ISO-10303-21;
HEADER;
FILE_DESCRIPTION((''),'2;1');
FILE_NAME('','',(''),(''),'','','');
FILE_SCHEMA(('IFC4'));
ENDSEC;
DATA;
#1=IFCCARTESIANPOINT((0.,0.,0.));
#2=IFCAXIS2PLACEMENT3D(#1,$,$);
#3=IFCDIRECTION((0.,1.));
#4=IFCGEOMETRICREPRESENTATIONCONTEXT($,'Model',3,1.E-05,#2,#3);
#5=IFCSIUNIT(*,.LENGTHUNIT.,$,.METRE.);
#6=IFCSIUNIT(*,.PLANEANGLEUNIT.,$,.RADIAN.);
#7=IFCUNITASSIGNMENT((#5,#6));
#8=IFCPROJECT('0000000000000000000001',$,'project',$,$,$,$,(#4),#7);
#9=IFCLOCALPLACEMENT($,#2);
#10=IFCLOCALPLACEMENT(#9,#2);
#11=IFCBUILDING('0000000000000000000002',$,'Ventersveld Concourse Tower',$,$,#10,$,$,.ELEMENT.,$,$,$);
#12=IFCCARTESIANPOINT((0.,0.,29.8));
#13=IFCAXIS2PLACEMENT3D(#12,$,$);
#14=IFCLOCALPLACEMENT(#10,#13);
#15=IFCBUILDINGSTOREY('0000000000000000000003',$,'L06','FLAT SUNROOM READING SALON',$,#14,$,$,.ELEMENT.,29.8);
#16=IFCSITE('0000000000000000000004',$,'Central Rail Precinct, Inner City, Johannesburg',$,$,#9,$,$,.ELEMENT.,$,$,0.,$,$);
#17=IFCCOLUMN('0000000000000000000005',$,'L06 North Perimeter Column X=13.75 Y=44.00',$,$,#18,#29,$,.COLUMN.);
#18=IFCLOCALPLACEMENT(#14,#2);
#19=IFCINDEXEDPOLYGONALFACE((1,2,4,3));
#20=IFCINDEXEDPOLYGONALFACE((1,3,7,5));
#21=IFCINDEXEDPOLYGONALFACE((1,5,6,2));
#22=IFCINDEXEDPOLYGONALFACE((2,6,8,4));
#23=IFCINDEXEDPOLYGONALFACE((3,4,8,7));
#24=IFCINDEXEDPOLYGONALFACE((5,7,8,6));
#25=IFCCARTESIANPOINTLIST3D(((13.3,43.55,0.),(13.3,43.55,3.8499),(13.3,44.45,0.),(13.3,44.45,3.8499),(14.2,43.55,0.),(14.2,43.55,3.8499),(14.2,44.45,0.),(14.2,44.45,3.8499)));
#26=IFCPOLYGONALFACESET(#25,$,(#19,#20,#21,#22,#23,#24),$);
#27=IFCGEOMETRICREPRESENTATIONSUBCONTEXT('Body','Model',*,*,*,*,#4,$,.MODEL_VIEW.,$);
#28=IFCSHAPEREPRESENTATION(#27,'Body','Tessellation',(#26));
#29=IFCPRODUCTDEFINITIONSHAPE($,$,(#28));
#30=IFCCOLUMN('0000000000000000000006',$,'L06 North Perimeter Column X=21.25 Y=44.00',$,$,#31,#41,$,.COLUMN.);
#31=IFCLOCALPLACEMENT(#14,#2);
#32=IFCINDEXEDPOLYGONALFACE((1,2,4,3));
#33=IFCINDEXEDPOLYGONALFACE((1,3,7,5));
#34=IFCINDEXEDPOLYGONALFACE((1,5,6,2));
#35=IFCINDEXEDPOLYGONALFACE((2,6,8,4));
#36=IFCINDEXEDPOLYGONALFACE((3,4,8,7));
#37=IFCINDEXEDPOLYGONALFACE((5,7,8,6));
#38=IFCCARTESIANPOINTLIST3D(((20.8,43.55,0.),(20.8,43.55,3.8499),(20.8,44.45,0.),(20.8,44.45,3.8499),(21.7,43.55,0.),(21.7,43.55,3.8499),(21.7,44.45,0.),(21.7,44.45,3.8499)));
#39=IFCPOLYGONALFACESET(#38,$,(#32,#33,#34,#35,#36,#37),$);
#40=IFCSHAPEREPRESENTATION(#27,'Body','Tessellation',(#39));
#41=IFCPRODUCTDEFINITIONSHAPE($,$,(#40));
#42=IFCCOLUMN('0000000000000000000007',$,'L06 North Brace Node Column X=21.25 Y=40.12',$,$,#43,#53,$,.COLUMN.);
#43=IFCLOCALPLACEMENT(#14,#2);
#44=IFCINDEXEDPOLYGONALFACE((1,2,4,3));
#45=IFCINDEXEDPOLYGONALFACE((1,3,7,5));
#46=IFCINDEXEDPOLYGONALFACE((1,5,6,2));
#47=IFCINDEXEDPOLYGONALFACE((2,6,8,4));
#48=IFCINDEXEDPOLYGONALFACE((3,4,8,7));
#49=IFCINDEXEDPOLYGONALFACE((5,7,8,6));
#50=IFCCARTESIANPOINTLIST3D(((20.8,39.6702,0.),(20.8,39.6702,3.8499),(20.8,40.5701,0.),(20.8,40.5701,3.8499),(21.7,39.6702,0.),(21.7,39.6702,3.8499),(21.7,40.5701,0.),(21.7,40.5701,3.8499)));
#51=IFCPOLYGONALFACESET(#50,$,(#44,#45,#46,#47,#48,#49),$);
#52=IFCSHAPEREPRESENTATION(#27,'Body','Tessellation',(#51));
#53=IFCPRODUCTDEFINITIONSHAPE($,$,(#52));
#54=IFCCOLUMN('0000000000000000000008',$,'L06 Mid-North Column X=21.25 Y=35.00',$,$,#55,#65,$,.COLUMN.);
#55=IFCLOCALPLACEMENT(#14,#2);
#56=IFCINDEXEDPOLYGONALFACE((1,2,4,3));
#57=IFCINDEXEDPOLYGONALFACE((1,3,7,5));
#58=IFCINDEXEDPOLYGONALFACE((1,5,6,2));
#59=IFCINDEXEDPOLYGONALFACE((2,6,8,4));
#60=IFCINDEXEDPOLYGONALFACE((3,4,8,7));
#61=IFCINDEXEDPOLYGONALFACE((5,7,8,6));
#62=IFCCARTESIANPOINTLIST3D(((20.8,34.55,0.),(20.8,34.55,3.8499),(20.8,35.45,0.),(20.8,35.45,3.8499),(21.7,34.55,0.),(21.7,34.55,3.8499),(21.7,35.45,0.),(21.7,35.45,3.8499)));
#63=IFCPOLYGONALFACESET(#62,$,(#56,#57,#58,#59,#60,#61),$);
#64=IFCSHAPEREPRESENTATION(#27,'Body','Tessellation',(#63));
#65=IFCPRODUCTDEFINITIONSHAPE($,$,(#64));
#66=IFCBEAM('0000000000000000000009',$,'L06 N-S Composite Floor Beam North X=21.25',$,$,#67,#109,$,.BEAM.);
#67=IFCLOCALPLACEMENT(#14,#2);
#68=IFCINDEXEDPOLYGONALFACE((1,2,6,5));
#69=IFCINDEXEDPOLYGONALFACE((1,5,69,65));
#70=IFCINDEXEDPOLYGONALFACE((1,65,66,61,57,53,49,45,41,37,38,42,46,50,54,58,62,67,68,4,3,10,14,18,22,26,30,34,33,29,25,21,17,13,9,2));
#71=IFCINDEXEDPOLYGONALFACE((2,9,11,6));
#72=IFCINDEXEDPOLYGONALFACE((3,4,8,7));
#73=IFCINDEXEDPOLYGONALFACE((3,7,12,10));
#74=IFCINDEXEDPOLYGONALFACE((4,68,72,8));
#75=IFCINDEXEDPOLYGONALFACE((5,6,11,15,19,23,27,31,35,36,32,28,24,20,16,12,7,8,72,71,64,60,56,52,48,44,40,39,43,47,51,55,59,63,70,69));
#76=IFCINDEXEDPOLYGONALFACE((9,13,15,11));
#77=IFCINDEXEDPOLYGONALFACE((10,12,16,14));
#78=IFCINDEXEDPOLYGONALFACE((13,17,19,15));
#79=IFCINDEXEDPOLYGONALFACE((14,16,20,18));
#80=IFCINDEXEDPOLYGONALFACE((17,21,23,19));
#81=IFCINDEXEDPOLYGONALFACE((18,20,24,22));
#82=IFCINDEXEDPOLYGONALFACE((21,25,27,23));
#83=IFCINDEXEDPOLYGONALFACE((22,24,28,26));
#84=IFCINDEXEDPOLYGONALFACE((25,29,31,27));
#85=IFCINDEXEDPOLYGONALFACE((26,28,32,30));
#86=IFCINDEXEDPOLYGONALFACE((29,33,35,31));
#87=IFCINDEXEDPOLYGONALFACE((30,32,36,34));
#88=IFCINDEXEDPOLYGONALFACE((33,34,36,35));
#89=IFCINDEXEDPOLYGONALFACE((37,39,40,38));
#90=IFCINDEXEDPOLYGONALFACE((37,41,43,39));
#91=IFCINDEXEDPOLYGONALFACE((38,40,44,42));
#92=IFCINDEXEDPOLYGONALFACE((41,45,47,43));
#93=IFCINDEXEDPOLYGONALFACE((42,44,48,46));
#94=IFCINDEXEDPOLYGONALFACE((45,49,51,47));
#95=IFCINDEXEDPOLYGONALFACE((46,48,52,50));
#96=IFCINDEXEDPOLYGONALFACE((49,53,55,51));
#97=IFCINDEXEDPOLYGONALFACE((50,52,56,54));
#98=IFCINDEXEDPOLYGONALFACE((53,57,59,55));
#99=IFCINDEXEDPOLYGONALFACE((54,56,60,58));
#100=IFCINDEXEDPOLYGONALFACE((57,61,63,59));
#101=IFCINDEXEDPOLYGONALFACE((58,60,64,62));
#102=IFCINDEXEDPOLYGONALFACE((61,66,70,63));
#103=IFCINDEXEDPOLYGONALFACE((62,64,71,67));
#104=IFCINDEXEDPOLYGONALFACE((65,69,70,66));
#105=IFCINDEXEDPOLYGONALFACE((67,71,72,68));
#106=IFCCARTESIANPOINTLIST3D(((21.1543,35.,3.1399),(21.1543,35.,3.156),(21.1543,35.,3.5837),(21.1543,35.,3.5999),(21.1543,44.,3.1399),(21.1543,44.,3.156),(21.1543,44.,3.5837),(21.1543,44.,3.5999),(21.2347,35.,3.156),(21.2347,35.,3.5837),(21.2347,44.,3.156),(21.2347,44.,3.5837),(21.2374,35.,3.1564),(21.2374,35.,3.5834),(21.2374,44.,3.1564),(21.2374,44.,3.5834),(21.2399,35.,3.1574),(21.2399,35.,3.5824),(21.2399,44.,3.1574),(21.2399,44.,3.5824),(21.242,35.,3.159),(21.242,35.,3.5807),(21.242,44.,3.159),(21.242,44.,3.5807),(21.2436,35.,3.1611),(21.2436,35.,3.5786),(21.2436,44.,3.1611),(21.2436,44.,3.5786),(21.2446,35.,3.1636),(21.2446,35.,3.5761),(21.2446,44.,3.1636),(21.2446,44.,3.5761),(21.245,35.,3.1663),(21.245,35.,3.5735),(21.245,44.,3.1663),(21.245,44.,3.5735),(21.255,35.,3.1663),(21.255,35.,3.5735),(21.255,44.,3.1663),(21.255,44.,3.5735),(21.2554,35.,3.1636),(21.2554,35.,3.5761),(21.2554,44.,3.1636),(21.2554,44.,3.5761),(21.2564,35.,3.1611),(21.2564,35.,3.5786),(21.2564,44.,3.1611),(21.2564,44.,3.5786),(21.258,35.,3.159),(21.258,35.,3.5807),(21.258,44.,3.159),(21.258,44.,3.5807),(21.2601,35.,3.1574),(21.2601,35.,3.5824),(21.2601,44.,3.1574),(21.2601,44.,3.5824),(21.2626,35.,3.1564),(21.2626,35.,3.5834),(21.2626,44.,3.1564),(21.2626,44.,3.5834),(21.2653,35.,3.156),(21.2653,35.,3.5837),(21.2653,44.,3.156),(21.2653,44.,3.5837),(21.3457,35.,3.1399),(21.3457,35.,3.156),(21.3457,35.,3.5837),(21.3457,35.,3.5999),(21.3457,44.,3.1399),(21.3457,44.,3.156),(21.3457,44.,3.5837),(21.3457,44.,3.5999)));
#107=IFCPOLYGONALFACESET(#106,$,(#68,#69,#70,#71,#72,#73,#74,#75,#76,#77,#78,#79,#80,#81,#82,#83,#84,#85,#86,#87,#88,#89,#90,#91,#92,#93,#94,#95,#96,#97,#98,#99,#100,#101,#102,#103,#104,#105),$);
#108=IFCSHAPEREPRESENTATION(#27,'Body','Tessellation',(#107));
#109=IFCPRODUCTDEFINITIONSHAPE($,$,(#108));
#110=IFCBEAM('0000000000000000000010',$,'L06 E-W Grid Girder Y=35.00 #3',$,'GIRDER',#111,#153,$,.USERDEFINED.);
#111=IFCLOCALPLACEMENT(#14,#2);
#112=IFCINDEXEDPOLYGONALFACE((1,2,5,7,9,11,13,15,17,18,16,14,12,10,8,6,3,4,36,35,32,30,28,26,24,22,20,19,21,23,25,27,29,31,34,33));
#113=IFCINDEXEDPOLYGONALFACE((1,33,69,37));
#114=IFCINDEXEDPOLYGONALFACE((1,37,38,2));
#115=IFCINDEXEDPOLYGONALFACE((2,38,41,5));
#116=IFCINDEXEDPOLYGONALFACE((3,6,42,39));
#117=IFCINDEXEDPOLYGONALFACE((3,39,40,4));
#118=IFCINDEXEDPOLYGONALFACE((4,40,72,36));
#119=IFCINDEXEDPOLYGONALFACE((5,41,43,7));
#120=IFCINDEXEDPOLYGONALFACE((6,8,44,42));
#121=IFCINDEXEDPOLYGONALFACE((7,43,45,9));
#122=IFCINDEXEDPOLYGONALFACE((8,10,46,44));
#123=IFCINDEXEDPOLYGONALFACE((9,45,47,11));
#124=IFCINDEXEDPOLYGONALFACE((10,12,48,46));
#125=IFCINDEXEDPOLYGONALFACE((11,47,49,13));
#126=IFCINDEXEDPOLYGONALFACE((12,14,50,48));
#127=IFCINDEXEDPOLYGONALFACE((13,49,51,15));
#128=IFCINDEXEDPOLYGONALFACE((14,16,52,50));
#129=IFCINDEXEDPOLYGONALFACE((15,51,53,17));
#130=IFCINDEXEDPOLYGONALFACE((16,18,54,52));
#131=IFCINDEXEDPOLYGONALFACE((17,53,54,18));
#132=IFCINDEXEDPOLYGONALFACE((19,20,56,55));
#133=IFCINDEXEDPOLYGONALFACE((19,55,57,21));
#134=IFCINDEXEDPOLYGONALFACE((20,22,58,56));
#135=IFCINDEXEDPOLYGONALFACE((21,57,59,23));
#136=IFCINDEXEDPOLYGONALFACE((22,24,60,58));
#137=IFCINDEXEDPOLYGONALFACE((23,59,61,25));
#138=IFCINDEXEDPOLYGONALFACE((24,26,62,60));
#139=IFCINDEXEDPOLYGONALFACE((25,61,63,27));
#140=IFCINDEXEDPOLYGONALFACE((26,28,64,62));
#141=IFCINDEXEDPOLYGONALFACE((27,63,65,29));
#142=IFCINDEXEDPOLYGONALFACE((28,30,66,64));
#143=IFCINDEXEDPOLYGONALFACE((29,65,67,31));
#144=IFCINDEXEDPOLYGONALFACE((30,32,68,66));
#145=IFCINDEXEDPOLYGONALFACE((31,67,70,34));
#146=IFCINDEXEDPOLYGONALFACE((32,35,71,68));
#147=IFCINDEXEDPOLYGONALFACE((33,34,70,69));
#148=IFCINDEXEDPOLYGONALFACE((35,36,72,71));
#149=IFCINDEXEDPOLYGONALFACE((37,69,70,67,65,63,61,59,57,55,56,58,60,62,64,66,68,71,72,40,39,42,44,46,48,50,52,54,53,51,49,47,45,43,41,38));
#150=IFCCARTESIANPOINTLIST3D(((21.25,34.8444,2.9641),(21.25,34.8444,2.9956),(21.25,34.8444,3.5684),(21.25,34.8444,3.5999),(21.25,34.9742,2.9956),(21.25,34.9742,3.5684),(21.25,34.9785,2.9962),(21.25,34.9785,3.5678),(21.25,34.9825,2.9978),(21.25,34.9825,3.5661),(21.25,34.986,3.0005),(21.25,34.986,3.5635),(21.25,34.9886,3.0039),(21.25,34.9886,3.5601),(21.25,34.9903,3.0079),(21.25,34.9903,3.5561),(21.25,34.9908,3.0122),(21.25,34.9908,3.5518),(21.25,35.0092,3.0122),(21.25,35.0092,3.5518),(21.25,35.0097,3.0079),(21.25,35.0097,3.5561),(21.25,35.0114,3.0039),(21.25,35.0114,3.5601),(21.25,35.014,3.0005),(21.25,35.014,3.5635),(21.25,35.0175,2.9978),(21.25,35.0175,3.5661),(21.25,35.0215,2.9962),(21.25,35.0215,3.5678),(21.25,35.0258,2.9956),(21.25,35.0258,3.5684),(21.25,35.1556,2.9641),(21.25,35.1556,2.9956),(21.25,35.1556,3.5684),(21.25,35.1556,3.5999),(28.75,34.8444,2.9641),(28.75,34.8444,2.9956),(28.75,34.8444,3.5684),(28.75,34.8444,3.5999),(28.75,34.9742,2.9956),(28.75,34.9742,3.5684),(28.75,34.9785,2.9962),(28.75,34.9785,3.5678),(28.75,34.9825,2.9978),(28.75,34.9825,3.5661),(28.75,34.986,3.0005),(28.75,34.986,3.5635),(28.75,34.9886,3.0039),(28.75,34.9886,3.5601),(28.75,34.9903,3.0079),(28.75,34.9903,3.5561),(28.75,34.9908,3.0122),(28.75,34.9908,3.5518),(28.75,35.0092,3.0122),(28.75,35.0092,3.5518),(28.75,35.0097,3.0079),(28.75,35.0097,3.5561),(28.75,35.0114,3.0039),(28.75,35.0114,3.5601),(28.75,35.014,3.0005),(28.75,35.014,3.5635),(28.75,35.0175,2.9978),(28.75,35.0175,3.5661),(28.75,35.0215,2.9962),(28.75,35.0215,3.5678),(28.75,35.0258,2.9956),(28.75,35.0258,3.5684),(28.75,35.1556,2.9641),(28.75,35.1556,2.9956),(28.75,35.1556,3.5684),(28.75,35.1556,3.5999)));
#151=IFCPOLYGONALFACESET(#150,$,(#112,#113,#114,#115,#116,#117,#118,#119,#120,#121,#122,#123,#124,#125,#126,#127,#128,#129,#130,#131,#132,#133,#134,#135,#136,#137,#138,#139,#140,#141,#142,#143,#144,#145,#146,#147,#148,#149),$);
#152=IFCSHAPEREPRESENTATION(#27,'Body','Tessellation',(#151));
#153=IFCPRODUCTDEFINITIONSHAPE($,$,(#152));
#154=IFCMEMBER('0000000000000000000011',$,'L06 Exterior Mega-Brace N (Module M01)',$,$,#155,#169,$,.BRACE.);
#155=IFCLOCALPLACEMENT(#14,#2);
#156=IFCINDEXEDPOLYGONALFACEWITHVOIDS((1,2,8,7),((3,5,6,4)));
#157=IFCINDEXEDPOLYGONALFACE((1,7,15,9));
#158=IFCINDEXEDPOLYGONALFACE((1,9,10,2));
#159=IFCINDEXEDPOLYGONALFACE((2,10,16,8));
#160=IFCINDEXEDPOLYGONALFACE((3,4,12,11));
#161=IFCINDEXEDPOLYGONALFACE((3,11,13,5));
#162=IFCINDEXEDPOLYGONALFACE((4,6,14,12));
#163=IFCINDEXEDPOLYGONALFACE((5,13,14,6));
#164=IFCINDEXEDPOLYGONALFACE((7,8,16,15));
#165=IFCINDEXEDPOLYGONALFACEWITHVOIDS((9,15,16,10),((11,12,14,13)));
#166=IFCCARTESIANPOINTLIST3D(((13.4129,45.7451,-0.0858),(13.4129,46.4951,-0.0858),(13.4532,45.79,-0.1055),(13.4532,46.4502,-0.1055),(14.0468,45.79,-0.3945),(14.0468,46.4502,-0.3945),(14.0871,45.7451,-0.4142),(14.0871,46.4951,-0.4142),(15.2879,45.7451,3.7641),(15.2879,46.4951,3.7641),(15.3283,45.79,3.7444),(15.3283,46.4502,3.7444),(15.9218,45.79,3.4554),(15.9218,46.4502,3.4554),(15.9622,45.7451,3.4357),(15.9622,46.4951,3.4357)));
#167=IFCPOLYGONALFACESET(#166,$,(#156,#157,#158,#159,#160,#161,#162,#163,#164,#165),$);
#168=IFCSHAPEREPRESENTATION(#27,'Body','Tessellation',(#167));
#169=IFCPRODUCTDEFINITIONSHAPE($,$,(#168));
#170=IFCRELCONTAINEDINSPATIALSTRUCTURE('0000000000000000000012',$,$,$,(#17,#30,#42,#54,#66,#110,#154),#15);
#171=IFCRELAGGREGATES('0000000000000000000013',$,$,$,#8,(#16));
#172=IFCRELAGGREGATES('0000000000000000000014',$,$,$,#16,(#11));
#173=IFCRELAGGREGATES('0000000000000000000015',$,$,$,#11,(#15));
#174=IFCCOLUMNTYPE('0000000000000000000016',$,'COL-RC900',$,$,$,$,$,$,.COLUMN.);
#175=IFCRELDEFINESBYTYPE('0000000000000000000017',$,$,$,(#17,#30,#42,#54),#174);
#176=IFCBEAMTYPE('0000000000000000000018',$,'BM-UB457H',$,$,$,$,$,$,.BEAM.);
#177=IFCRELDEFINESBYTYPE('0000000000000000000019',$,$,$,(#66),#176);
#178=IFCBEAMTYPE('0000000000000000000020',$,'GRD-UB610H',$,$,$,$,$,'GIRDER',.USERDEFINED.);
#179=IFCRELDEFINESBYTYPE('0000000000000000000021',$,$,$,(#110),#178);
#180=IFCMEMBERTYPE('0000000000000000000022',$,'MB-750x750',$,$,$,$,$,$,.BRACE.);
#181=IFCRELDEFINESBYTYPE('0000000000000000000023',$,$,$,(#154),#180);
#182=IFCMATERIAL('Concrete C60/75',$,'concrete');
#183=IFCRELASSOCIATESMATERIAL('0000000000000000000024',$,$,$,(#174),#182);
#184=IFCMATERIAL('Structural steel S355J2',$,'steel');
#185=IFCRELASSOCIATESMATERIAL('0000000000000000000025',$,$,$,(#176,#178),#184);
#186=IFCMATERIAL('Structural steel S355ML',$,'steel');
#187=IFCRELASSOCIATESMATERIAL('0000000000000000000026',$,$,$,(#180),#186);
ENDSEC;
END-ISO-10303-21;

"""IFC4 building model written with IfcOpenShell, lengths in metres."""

from ifc_helpers import new_model, si_unit, direction, frame, origin, origin_2d, place, context, subcontext, project, spatial, rectangle, hollow_rectangle, i_section, extrude, material, material_profile, profile_set, type_object, element, save


model = new_model("IFC4")

# Units and contexts
model_context = context("Model", 3, precision=1e-05, world=origin(), true_north=direction((0.0, 1.0)))
body_context = subcontext(model_context, "Body", "Model", "MODEL_VIEW")
ifc_project = project(units=[si_unit("LENGTHUNIT", "METRE"), si_unit("PLANEANGLEUNIT", "RADIAN")], contexts=[model_context])

# Site, building, storey
site_placement = place(None, origin())
site = spatial("IfcSite", under=ifc_project, at=site_placement, Name="Central Rail Precinct, Inner City, Johannesburg", CompositionType="ELEMENT", RefElevation=0.0)
building_placement = place(site_placement, origin())
building = spatial("IfcBuilding", under=site, at=building_placement, Name="Ventersveld Concourse Tower", CompositionType="ELEMENT")
storey_placement = place(building_placement, frame((0.0, 0.0, 29.8)))
storey = spatial("IfcBuildingStorey", under=building, at=storey_placement, Name="L06", Description="FLAT SUNROOM READING SALON", CompositionType="ELEMENT", Elevation=29.8)

# Columns
ifc_material_1 = material(Name="Concrete C60/75", Category="concrete")
ifc_material_profile_1 = material_profile(ifc_material_1, rectangle(XDim=0.8999, YDim=0.8999, at=origin_2d()), Name="RC 900x900")
ifc_profile_set_1 = profile_set([ifc_material_profile_1], Name="Concrete C60/75")
column_type = type_object("IfcColumnType", Name="COL-RC900", PredefinedType="COLUMN", material=ifc_profile_set_1)
for number, where, z_axis, x_axis, name in (
    (1, (13.75, 44.0, 0.0), (0.0, 0.0, 1.0), (1.0, 0.0, 0.0), "L06 North Perimeter Column X=13.75 Y=44.00"),
    (2, (21.25, 44.0, 0.0), (0.0, 0.0, 1.0), (1.0, 0.0, 0.0), "L06 North Perimeter Column X=21.25 Y=44.00"),
    (3, (21.25, 40.1201, 0.0), (0.0, 0.0, 1.0), (1.0, 0.0, 0.0), "L06 North Brace Node Column X=21.25 Y=40.12"),
    (4, (21.25, 35.0, 0.0), (0.0, 0.0, 1.0), (1.0, 0.0, 0.0), "L06 Mid-North Column X=21.25 Y=35.00"),
):
    element("IfcColumn", number, at=place(storey_placement, frame(where, z_axis=z_axis, x_axis=x_axis)), inside=storey, type_object=column_type, Name=name, PredefinedType="COLUMN", context=body_context, shape_type="SweptSolid", body=[
        extrude(rectangle(XDim=0.8999, YDim=0.8999, at=origin_2d()), origin(), (0.0, 0.0, 1.0), 3.8499),
    ])

# Beams
ifc_material_2 = material(Name="Structural steel S355J2", Category="steel")
ifc_material_profile_2 = material_profile(ifc_material_2, i_section(OverallWidth=0.1914, OverallDepth=0.46, WebThickness=0.01, FlangeThickness=0.0161, FilletRadius=0.0103, at=origin_2d()), Name="UB 457x191x82")
ifc_profile_set_2 = profile_set([ifc_material_profile_2], Name="Structural steel S355J2")
beam_type_1 = type_object("IfcBeamType", Name="BM-UB457H", PredefinedType="BEAM", material=ifc_profile_set_2)
beam_1_placement = place(storey_placement, frame((21.25, 35.0, 3.3699), z_axis=(0.0, 1.0, 0.0), x_axis=(-1.0, 0.0, 0.0)))
element("IfcBeam", 5, at=beam_1_placement, inside=storey, type_object=beam_type_1, Name="L06 N-S Composite Floor Beam North X=21.25", PredefinedType="BEAM", context=body_context, shape_type="SweptSolid", body=[
    extrude(i_section(OverallWidth=0.1914, OverallDepth=0.46, WebThickness=0.01, FlangeThickness=0.0161, FilletRadius=0.0103, at=origin_2d()), origin(), (0.0, 0.0, 1.0), 9.0),
])
ifc_material_profile_3 = material_profile(ifc_material_2, i_section(OverallWidth=0.3113, OverallDepth=0.6357, WebThickness=0.0183, FlangeThickness=0.0315, FilletRadius=0.0166, at=origin_2d()), Name="UB 610x305x238")
ifc_profile_set_3 = profile_set([ifc_material_profile_3], Name="Structural steel S355J2")
beam_type_2 = type_object("IfcBeamType", Name="GRD-UB610H", ElementType="GIRDER", PredefinedType="USERDEFINED", material=ifc_profile_set_3)
beam_2_placement = place(storey_placement, frame((21.25, 35.0, 3.282), z_axis=(1.0, 0.0, 0.0), x_axis=(0.0, 1.0, 0.0)))
element("IfcBeam", 6, at=beam_2_placement, inside=storey, type_object=beam_type_2, Name="L06 E-W Grid Girder Y=35.00 #3", ObjectType="GIRDER", PredefinedType="USERDEFINED", context=body_context, shape_type="SweptSolid", body=[
    extrude(i_section(OverallWidth=0.3113, OverallDepth=0.6357, WebThickness=0.0183, FlangeThickness=0.0315, FilletRadius=0.0166, at=origin_2d()), origin(), (0.0, 0.0, 1.0), 7.5),
])

# Member
ifc_material_3 = material(Name="Structural steel S355ML", Category="steel")
ifc_material_profile_4 = material_profile(ifc_material_3, hollow_rectangle(XDim=0.75, YDim=0.75, WallThickness=0.0449, at=origin_2d()), Name="BOX 750x750x45")
ifc_profile_set_4 = profile_set([ifc_material_profile_4], Name="Structural steel S355ML")
member_type = type_object("IfcMemberType", Name="MB-750x750", PredefinedType="BRACE", material=ifc_profile_set_4)
member_placement = place(storey_placement, frame((13.75, 46.1201, -0.25), z_axis=(0.437862, 0.0, 0.899042), x_axis=(0.0, 1.0, 0.0)))
element("IfcMember", 7, at=member_placement, inside=storey, type_object=member_type, Name="L06 Exterior Mega-Brace N (Module M01)", PredefinedType="BRACE", context=body_context, shape_type="SweptSolid", body=[
    extrude(hollow_rectangle(XDim=0.75, YDim=0.75, WallThickness=0.0449, at=origin_2d()), origin(), (0.0, 0.0, 1.0), 4.2822),
])

save(model, "model.ifc")
